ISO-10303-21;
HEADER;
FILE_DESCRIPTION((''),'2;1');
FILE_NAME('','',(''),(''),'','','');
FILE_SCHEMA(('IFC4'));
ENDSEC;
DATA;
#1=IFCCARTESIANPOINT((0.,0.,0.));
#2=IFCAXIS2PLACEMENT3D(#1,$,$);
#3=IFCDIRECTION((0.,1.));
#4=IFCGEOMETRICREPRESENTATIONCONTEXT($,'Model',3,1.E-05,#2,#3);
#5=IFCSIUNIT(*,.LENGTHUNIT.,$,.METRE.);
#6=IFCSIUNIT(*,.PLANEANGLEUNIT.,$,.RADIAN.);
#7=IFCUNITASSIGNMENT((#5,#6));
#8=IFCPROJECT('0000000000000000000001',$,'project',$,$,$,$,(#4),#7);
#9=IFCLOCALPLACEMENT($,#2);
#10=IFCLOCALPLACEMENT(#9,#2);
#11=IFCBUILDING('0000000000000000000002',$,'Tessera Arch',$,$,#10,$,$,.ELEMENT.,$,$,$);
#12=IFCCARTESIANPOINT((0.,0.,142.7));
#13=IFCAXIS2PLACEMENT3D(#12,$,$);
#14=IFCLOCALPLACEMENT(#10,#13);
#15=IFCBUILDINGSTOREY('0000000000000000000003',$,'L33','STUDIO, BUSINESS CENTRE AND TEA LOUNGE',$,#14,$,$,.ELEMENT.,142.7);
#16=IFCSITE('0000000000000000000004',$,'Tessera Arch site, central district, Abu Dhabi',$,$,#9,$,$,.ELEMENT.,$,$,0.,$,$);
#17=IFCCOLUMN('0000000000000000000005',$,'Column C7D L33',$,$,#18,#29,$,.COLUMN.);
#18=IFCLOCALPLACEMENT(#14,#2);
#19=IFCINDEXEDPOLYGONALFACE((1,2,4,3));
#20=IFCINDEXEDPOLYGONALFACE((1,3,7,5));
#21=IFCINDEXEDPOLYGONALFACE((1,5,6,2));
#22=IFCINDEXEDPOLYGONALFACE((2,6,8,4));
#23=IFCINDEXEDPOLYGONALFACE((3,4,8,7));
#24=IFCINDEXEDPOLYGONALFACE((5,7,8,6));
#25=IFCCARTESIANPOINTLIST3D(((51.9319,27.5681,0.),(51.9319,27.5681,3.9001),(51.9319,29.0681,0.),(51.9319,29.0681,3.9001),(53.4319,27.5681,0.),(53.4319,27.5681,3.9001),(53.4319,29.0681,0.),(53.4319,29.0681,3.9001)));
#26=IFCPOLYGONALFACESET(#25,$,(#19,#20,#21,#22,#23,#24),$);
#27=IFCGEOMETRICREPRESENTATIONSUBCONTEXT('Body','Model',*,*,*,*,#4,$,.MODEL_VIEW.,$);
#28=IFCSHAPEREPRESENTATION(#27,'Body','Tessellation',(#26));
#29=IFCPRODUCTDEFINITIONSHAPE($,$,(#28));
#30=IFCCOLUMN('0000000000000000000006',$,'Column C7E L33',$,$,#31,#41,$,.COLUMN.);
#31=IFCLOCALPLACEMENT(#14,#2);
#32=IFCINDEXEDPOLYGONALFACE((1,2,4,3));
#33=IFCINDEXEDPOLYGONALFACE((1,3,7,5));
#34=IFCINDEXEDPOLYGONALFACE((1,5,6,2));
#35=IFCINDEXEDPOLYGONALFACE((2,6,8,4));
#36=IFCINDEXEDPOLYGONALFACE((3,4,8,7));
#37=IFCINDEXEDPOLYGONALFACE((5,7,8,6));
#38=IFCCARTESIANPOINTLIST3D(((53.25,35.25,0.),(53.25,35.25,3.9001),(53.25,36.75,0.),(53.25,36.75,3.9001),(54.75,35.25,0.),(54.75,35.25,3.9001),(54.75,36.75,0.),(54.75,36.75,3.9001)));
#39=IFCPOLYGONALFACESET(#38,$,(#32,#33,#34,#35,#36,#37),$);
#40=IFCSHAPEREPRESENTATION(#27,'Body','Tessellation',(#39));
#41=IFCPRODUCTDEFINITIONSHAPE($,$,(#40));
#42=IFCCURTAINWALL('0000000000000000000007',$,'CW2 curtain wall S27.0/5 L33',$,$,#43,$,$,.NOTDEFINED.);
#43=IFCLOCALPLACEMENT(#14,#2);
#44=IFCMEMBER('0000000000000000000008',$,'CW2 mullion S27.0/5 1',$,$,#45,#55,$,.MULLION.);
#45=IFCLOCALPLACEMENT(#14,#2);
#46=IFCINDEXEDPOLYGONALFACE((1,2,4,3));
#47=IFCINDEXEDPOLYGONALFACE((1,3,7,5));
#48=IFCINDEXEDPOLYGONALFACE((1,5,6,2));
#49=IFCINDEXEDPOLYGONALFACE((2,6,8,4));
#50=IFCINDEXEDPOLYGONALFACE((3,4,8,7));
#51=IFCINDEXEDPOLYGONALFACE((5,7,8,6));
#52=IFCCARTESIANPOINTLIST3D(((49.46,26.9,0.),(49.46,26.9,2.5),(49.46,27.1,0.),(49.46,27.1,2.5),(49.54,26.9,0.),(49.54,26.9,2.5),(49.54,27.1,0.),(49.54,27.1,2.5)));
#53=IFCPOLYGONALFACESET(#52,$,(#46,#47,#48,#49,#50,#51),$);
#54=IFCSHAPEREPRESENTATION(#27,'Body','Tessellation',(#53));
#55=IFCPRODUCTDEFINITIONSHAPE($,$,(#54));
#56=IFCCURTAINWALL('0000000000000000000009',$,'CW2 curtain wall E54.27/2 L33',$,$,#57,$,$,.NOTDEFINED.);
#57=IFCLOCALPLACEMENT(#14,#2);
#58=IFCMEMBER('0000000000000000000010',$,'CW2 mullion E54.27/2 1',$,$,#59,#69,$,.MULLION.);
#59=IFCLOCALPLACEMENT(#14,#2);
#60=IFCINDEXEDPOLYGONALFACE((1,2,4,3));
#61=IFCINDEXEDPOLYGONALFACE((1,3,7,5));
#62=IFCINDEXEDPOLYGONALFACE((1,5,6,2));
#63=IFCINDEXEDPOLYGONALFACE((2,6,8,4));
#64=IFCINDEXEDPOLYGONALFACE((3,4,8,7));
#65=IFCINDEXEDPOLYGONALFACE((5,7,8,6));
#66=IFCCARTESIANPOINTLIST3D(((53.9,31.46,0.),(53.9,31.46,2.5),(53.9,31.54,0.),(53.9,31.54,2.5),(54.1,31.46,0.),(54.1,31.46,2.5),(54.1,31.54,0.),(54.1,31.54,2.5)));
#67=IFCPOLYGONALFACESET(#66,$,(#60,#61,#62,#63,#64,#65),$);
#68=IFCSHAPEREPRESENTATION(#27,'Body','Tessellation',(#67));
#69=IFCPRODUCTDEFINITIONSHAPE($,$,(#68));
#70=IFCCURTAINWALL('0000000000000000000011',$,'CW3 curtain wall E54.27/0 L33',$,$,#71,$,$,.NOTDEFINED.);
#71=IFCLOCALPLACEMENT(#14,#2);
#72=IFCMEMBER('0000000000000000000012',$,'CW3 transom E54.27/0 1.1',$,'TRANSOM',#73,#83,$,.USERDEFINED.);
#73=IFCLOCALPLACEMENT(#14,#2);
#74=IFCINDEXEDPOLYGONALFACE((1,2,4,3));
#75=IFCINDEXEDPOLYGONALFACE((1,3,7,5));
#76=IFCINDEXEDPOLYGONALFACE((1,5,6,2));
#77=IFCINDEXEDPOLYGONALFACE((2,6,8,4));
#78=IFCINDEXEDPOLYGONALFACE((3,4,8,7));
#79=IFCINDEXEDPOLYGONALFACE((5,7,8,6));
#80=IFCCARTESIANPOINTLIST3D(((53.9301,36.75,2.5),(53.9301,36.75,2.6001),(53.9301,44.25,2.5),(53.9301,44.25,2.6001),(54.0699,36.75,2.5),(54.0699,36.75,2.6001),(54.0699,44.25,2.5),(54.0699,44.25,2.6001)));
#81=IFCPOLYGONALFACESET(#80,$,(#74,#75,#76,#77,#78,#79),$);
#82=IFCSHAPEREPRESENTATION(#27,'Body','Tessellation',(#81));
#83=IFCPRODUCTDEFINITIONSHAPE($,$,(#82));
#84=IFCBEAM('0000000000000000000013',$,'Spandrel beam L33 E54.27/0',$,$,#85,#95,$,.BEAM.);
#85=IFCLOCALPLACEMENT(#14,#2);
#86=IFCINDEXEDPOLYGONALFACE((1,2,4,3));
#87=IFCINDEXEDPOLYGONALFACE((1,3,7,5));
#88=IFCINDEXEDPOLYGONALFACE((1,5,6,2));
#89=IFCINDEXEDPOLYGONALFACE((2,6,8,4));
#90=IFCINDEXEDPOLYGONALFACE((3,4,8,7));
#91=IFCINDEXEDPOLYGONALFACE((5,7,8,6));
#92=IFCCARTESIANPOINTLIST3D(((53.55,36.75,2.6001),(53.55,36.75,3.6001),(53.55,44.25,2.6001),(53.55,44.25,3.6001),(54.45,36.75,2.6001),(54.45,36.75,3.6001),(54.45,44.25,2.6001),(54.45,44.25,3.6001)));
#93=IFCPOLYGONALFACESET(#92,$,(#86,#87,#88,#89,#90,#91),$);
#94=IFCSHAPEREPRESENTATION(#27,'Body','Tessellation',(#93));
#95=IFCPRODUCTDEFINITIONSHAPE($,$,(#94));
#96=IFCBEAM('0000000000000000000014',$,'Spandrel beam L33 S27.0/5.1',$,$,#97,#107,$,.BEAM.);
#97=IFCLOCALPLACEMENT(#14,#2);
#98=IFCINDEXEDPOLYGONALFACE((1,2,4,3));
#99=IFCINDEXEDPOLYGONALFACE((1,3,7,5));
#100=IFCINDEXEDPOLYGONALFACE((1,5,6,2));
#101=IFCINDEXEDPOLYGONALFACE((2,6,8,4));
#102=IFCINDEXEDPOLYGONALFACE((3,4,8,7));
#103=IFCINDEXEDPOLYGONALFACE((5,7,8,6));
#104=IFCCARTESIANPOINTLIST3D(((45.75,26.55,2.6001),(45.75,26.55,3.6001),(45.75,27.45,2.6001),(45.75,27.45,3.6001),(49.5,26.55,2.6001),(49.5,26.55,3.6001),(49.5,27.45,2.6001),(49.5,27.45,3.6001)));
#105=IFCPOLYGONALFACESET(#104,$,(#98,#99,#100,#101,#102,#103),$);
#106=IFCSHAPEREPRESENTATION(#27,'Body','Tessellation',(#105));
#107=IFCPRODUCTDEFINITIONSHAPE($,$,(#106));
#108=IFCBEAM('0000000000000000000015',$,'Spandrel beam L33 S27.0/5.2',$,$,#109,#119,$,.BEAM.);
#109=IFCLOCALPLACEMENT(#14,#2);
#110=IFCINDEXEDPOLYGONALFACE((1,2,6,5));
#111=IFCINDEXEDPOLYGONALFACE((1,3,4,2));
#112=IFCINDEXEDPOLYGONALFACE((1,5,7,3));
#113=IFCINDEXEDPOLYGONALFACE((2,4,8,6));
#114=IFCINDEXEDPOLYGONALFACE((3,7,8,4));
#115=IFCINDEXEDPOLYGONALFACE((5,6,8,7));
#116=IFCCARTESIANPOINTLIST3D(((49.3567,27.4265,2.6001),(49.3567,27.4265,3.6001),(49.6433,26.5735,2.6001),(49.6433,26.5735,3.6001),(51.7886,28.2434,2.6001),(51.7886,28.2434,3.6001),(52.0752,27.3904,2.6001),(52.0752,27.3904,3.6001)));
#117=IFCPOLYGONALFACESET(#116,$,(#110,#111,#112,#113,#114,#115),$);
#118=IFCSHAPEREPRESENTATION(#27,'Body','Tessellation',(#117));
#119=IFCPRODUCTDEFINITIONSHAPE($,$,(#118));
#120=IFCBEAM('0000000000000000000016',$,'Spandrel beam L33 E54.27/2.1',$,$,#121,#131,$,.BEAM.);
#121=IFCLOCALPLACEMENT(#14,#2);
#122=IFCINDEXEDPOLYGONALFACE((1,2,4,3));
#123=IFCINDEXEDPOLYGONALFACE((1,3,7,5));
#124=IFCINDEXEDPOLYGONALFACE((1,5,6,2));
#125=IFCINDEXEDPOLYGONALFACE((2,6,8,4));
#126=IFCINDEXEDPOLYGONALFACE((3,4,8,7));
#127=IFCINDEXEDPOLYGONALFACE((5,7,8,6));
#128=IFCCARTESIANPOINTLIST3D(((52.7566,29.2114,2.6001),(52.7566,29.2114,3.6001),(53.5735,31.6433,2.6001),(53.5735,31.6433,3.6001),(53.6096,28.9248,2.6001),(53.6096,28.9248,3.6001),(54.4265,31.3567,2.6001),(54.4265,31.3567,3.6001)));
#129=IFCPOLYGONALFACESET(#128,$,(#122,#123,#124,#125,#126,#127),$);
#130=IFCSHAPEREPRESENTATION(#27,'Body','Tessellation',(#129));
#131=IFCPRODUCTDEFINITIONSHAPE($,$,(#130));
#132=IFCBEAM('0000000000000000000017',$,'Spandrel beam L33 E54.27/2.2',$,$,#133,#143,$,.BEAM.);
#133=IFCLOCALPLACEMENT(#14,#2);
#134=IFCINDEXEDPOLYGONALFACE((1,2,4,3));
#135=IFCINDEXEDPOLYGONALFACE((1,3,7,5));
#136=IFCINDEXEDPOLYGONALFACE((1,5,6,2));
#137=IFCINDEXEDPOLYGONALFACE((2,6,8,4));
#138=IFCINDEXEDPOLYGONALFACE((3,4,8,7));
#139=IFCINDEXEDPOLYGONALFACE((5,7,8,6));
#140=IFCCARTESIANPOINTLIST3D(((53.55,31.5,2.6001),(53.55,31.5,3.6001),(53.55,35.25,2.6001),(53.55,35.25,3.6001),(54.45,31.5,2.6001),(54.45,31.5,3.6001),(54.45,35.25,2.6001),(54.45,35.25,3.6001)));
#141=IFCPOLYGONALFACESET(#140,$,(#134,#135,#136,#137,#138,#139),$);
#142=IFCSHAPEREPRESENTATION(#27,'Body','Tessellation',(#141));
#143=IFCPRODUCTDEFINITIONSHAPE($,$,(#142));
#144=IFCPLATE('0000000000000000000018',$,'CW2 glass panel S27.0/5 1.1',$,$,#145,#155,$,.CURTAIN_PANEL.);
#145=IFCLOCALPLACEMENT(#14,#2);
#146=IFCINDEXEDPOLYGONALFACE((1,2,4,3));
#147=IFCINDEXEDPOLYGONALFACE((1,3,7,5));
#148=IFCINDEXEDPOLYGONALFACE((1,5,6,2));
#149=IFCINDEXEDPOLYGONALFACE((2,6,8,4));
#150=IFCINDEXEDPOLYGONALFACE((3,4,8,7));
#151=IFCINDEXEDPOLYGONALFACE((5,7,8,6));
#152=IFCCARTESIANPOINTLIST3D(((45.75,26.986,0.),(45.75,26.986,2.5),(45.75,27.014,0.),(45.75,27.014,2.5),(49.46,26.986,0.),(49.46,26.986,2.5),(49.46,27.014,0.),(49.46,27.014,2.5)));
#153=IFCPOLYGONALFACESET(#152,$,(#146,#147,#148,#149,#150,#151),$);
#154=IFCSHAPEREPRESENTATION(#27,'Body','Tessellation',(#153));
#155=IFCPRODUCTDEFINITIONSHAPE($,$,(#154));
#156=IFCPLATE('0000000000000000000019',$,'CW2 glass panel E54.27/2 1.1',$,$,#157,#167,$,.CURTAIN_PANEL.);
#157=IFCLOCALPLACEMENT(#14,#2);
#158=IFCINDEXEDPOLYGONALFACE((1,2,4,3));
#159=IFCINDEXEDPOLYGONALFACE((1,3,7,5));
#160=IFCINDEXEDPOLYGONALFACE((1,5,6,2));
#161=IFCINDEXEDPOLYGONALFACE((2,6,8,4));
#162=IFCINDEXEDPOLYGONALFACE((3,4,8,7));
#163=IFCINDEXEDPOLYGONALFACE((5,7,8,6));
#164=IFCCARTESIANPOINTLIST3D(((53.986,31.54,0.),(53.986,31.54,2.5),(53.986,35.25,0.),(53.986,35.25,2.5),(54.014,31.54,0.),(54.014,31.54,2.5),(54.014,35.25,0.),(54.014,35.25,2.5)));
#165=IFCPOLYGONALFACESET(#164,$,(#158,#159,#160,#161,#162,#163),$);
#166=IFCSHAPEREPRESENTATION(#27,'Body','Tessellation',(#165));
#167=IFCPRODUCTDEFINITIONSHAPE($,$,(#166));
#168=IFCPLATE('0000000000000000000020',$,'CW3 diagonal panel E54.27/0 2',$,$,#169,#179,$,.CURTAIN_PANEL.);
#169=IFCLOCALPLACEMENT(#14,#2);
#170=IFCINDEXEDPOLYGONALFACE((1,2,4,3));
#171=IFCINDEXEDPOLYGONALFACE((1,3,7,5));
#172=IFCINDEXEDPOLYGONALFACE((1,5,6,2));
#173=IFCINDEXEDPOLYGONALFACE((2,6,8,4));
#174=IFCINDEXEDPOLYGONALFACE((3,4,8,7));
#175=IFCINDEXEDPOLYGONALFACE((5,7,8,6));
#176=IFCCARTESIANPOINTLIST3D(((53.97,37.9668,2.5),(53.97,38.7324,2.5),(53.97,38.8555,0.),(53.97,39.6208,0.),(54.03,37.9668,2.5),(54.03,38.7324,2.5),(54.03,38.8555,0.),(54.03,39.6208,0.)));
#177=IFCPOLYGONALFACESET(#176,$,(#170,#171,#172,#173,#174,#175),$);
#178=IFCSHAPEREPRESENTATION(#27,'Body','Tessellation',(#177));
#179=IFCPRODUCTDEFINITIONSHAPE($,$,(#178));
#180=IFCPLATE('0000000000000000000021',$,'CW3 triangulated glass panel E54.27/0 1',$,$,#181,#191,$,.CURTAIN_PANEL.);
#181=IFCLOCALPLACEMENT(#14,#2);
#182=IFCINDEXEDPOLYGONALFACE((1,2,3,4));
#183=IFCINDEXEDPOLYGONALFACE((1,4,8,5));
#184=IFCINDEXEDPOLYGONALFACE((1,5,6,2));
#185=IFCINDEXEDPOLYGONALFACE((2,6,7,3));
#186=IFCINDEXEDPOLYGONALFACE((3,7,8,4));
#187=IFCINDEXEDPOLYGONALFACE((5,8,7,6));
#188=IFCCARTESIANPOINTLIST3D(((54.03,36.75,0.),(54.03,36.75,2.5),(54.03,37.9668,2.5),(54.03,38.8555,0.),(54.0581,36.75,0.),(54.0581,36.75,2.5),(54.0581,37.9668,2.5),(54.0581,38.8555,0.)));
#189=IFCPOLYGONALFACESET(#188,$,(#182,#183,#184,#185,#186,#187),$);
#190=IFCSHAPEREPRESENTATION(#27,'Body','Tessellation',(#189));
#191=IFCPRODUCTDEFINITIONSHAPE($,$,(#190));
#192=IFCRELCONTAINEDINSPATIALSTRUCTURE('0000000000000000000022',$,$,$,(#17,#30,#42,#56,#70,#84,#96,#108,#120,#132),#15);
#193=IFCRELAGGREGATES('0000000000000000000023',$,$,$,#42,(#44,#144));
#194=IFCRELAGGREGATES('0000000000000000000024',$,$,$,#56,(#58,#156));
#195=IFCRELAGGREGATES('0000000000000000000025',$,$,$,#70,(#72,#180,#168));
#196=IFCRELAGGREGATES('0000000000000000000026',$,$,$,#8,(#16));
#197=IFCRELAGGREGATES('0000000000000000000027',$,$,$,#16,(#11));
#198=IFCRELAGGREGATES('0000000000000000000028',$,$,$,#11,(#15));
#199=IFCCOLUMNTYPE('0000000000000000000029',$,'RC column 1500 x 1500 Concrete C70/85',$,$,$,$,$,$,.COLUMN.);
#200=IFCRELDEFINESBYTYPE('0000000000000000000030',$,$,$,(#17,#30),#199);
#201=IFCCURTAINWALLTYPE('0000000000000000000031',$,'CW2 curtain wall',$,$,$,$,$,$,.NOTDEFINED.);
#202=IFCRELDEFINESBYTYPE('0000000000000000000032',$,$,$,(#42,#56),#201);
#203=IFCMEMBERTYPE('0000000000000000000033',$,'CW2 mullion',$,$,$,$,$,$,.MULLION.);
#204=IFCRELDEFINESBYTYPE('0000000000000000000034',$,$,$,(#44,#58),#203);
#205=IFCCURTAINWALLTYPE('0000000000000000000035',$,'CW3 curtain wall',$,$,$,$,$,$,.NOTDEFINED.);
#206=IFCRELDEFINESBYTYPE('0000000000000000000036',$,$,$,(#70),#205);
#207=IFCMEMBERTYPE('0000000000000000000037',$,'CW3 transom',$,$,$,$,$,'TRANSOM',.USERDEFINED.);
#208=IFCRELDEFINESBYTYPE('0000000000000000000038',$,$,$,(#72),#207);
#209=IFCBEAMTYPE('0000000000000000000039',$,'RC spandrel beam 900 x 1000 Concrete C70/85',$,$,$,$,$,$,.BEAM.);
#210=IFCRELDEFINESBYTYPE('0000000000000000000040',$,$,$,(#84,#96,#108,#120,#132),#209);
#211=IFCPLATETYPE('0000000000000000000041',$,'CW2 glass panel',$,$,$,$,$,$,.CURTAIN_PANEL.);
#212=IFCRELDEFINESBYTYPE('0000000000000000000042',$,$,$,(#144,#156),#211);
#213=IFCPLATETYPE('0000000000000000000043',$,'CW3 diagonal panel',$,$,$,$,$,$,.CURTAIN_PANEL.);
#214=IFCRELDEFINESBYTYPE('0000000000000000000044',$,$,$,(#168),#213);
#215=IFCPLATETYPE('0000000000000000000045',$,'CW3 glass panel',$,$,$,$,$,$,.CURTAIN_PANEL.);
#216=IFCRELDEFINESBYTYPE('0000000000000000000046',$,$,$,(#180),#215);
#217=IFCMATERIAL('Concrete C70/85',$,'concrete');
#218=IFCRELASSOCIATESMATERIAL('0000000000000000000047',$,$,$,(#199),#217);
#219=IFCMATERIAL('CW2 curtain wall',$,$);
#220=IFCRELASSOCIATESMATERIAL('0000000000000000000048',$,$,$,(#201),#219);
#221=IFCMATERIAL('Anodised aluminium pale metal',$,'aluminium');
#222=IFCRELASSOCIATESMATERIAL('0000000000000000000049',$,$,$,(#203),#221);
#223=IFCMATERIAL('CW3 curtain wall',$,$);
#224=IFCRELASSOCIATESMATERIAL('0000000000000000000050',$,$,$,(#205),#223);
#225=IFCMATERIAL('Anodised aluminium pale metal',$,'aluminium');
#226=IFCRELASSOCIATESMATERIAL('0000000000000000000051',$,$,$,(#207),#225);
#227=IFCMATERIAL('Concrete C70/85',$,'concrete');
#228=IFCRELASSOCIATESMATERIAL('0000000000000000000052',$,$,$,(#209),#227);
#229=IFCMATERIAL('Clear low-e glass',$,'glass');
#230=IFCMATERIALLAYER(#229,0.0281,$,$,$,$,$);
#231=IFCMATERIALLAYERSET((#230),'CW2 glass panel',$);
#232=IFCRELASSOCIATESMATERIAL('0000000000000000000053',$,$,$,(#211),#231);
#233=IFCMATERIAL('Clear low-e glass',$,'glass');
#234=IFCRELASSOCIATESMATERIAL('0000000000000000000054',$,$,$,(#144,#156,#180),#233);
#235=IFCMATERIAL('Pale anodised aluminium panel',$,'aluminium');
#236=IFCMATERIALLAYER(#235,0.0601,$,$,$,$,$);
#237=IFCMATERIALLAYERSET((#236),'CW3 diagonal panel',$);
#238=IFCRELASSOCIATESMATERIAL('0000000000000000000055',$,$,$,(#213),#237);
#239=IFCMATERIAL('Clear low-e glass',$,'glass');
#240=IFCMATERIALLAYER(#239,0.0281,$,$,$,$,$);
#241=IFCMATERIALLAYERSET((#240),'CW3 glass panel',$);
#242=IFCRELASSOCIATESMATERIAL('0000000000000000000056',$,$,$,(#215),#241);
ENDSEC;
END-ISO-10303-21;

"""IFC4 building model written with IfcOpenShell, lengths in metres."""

from ifc_helpers import new_model, si_unit, direction, frame, origin, origin_2d, place, context, subcontext, project, spatial, polyline, rectangle, outline, extrude, material, layer, layer_set, material_profile, profile_set, type_object, element, aggregate, save


model = new_model("IFC4")

# Units and contexts
model_context = context("Model", 3, precision=1e-05, world=origin(), true_north=direction((0.0, 1.0)))
body_context = subcontext(model_context, "Body", "Model", "MODEL_VIEW")
ifc_project = project(units=[si_unit("LENGTHUNIT", "METRE"), si_unit("PLANEANGLEUNIT", "RADIAN")], contexts=[model_context])

# Site, building, storey
site_placement = place(None, origin())
site = spatial("IfcSite", under=ifc_project, at=site_placement, Name="Tessera Arch site, central district, Abu Dhabi", CompositionType="ELEMENT", RefElevation=0.0)
building_placement = place(site_placement, origin())
building = spatial("IfcBuilding", under=site, at=building_placement, Name="Tessera Arch", CompositionType="ELEMENT")
storey_placement = place(building_placement, frame((0.0, 0.0, 142.7)))
storey = spatial("IfcBuildingStorey", under=building, at=storey_placement, Name="L33", Description="STUDIO, BUSINESS CENTRE AND TEA LOUNGE", CompositionType="ELEMENT", Elevation=142.7)

# Columns
ifc_material_1 = material(Name="Concrete C70/85", Category="concrete")
ifc_material_profile_1 = material_profile(ifc_material_1, rectangle(XDim=1.5, YDim=1.5, at=origin_2d()), Name="RC column 1500 x 1500 Concrete C70/85")
ifc_profile_set_1 = profile_set([ifc_material_profile_1], Name="Concrete C70/85")
column_type = type_object("IfcColumnType", Name="RC column 1500 x 1500 Concrete C70/85", PredefinedType="COLUMN", material=ifc_profile_set_1)
for number, where, z_axis, x_axis, name in (
    (1, (52.6819, 28.3181, 0.0), (0.0, 0.0, 1.0), (1.0, 0.0, 0.0), "Column C7D L33"),
    (2, (54.0, 36.0, 0.0), (0.0, 0.0, 1.0), (1.0, 0.0, 0.0), "Column C7E L33"),
):
    element("IfcColumn", number, at=place(storey_placement, frame(where, z_axis=z_axis, x_axis=x_axis)), inside=storey, type_object=column_type, Name=name, PredefinedType="COLUMN", context=body_context, shape_type="SweptSolid", body=[
        extrude(rectangle(XDim=1.5, YDim=1.5, at=origin_2d()), origin(), (0.0, 0.0, 1.0), 3.9001),
    ])

# Curtain walls, members
ifc_material_2 = material(Name="CW2 curtain wall")
curtain_wall_type_1 = type_object("IfcCurtainWallType", Name="CW2 curtain wall", PredefinedType="NOTDEFINED", material=ifc_material_2)
curtain_wall_1_placement = place(storey_placement, origin())
curtain_wall_1 = element("IfcCurtainWall", 3, at=curtain_wall_1_placement, inside=storey, type_object=curtain_wall_type_1, Name="CW2 curtain wall S27.0/5 L33", PredefinedType="NOTDEFINED")
ifc_material_3 = material(Name="Anodised aluminium pale metal", Category="aluminium")
ifc_material_profile_2 = material_profile(ifc_material_3, rectangle(XDim=0.2, YDim=0.0801, at=origin_2d()), Name="AL 80x200")
ifc_profile_set_2 = profile_set([ifc_material_profile_2], Name="Anodised aluminium pale metal")
member_type_1 = type_object("IfcMemberType", Name="CW2 mullion", PredefinedType="MULLION", material=ifc_profile_set_2)
member_1_placement = place(storey_placement, frame((49.5, 27.0, 0.0), z_axis=(0.0, 0.0, 1.0), x_axis=(0.0, 1.0, 0.0)))
member_1 = element("IfcMember", 4, at=member_1_placement, type_object=member_type_1, Name="CW2 mullion S27.0/5 1", PredefinedType="MULLION", context=body_context, shape_type="SweptSolid", body=[
    extrude(rectangle(XDim=0.2, YDim=0.0801, at=origin_2d()), origin(), (0.0, 0.0, 1.0), 2.5),
])
curtain_wall_2_placement = place(storey_placement, origin())
curtain_wall_2 = element("IfcCurtainWall", 5, at=curtain_wall_2_placement, inside=storey, type_object=curtain_wall_type_1, Name="CW2 curtain wall E54.27/2 L33", PredefinedType="NOTDEFINED")
member_2_placement = place(storey_placement, frame((54.0, 31.5, 0.0), z_axis=(0.0, 0.0, 1.0), x_axis=(-1.0, 0.0, 0.0)))
member_2 = element("IfcMember", 6, at=member_2_placement, type_object=member_type_1, Name="CW2 mullion E54.27/2 1", PredefinedType="MULLION", context=body_context, shape_type="SweptSolid", body=[
    extrude(rectangle(XDim=0.2, YDim=0.0801, at=origin_2d()), origin(), (0.0, 0.0, 1.0), 2.5),
])
ifc_material_4 = material(Name="CW3 curtain wall")
curtain_wall_type_2 = type_object("IfcCurtainWallType", Name="CW3 curtain wall", PredefinedType="NOTDEFINED", material=ifc_material_4)
curtain_wall_3_placement = place(storey_placement, origin())
curtain_wall_3 = element("IfcCurtainWall", 7, at=curtain_wall_3_placement, inside=storey, type_object=curtain_wall_type_2, Name="CW3 curtain wall E54.27/0 L33", PredefinedType="NOTDEFINED")
ifc_material_5 = material(Name="Anodised aluminium pale metal", Category="aluminium")
ifc_material_profile_3 = material_profile(ifc_material_5, rectangle(XDim=0.1399, YDim=0.1001, at=origin_2d()), Name="AL 140x100")
ifc_profile_set_3 = profile_set([ifc_material_profile_3], Name="Anodised aluminium pale metal")
member_type_2 = type_object("IfcMemberType", Name="CW3 transom", ElementType="TRANSOM", PredefinedType="USERDEFINED", material=ifc_profile_set_3)
member_3_placement = place(storey_placement, frame((54.0, 36.75, 2.55), z_axis=(0.0, 1.0, 0.0), x_axis=(-1.0, 0.0, 0.0)))
member_3 = element("IfcMember", 8, at=member_3_placement, type_object=member_type_2, Name="CW3 transom E54.27/0 1.1", ObjectType="TRANSOM", PredefinedType="USERDEFINED", context=body_context, shape_type="SweptSolid", body=[
    extrude(rectangle(XDim=0.1399, YDim=0.1001, at=origin_2d()), origin(), (0.0, 0.0, 1.0), 7.5),
])

# Beams
ifc_material_6 = material(Name="Concrete C70/85", Category="concrete")
ifc_material_profile_4 = material_profile(ifc_material_6, rectangle(XDim=0.8999, YDim=1.0, at=origin_2d()), Name="RC spandrel beam 900 x 1000 Concrete C70/85")
ifc_profile_set_4 = profile_set([ifc_material_profile_4], Name="Concrete C70/85")
beam_type = type_object("IfcBeamType", Name="RC spandrel beam 900 x 1000 Concrete C70/85", PredefinedType="BEAM", material=ifc_profile_set_4)
beam_1_placement = place(storey_placement, frame((54.0, 36.75, 3.1001), z_axis=(0.0, 1.0, 0.0), x_axis=(-1.0, 0.0, 0.0)))
element("IfcBeam", 9, at=beam_1_placement, inside=storey, type_object=beam_type, Name="Spandrel beam L33 E54.27/0", PredefinedType="BEAM", context=body_context, shape_type="SweptSolid", body=[
    extrude(rectangle(XDim=0.8999, YDim=1.0, at=origin_2d()), origin(), (0.0, 0.0, 1.0), 7.5),
])
beam_2_placement = place(storey_placement, frame((45.75, 27.0, 3.1001), z_axis=(1.0, 0.0, 0.0), x_axis=(0.0, 1.0, 0.0)))
element("IfcBeam", 10, at=beam_2_placement, inside=storey, type_object=beam_type, Name="Spandrel beam L33 S27.0/5.1", PredefinedType="BEAM", context=body_context, shape_type="SweptSolid", body=[
    extrude(rectangle(XDim=0.8999, YDim=1.0, at=origin_2d()), origin(), (0.0, 0.0, 1.0), 3.75),
])
for number, where, z_axis, x_axis, name in (
    (11, (49.5, 27.0, 3.1001), (0.947948, 0.318425, 0.0), (-0.318425, 0.947948, 0.0), "Spandrel beam L33 S27.0/5.2"),
    (12, (53.1831, 29.0681, 3.1001), (0.318425, 0.947948, 0.0), (-0.947948, 0.318425, 0.0), "Spandrel beam L33 E54.27/2.1"),
):
    element("IfcBeam", number, at=place(storey_placement, frame(where, z_axis=z_axis, x_axis=x_axis)), inside=storey, type_object=beam_type, Name=name, PredefinedType="BEAM", context=body_context, shape_type="SweptSolid", body=[
        extrude(rectangle(XDim=0.8999, YDim=1.0, at=origin_2d()), origin(), (0.0, 0.0, 1.0), 2.5654),
    ])
beam_3_placement = place(storey_placement, frame((54.0, 31.5, 3.1001), z_axis=(0.0, 1.0, 0.0), x_axis=(-1.0, 0.0, 0.0)))
element("IfcBeam", 13, at=beam_3_placement, inside=storey, type_object=beam_type, Name="Spandrel beam L33 E54.27/2.2", PredefinedType="BEAM", context=body_context, shape_type="SweptSolid", body=[
    extrude(rectangle(XDim=0.8999, YDim=1.0, at=origin_2d()), origin(), (0.0, 0.0, 1.0), 3.75),
])

# Plates
ifc_material_7 = material(Name="Clear low-e glass", Category="glass")
ifc_material_8 = material(Name="Clear low-e glass", Category="glass")
ifc_layer_1 = layer(ifc_material_8, 0.0281)
ifc_layer_set_1 = layer_set([ifc_layer_1], Name="CW2 glass panel")
plate_type_1 = type_object("IfcPlateType", Name="CW2 glass panel", PredefinedType="CURTAIN_PANEL", material=ifc_layer_set_1)
plate_1_placement = place(storey_placement, frame((47.605, 27.0, 0.0), z_axis=(0.0, 0.0, 1.0), x_axis=(1.0, 0.0, 0.0)))
plate_1 = element("IfcPlate", 14, at=plate_1_placement, type_object=plate_type_1, material=ifc_material_7, Name="CW2 glass panel S27.0/5 1.1", PredefinedType="CURTAIN_PANEL", context=body_context, shape_type="SweptSolid", body=[
    extrude(rectangle(XDim=3.71, YDim=0.0281, at=origin_2d()), origin(), (0.0, 0.0, 1.0), 2.5),
])
aggregate(curtain_wall_1, [member_1, plate_1])
plate_2_placement = place(storey_placement, frame((54.0, 33.395, 0.0), z_axis=(0.0, 0.0, 1.0), x_axis=(0.0, 1.0, 0.0)))
plate_2 = element("IfcPlate", 15, at=plate_2_placement, type_object=plate_type_1, material=ifc_material_7, Name="CW2 glass panel E54.27/2 1.1", PredefinedType="CURTAIN_PANEL", context=body_context, shape_type="SweptSolid", body=[
    extrude(rectangle(XDim=3.71, YDim=0.0281, at=origin_2d()), origin(), (0.0, 0.0, 1.0), 2.5),
])
aggregate(curtain_wall_2, [member_2, plate_2])
ifc_material_9 = material(Name="Pale anodised aluminium panel", Category="aluminium")
ifc_layer_2 = layer(ifc_material_9, 0.0601)
ifc_layer_set_2 = layer_set([ifc_layer_2], Name="CW3 diagonal panel")
plate_type_2 = type_object("IfcPlateType", Name="CW3 diagonal panel", PredefinedType="CURTAIN_PANEL", material=ifc_layer_set_2)
plate_3_placement = place(storey_placement, frame((54.03, 38.7324, 2.5), z_axis=(1.0, 0.0, 0.0), x_axis=(0.0, -1.0, 0.0)))
plate_3 = element("IfcPlate", 16, at=plate_3_placement, type_object=plate_type_2, Name="CW3 diagonal panel E54.27/0 2", PredefinedType="CURTAIN_PANEL", context=body_context, shape_type="SweptSolid", body=[
    extrude(outline(polyline([(0.0, 0.0), (0.7656, 0.0), (-0.123, 2.5), (-0.8884, 2.5), (0.0, 0.0)])), origin(), (0.0, 0.0, -1.0), 0.0601),
])
ifc_material_10 = material(Name="Clear low-e glass", Category="glass")
ifc_layer_3 = layer(ifc_material_10, 0.0281)
ifc_layer_set_3 = layer_set([ifc_layer_3], Name="CW3 glass panel")
plate_type_3 = type_object("IfcPlateType", Name="CW3 glass panel", PredefinedType="CURTAIN_PANEL", material=ifc_layer_set_3)
plate_4_placement = place(storey_placement, frame((54.0581, 36.75, 0.0), z_axis=(1.0, 0.0, 0.0), x_axis=(0.0, 1.0, 0.0)))
plate_4 = element("IfcPlate", 17, at=plate_4_placement, type_object=plate_type_3, material=ifc_material_7, Name="CW3 triangulated glass panel E54.27/0 1", PredefinedType="CURTAIN_PANEL", context=body_context, shape_type="SweptSolid", body=[
    extrude(outline(polyline([(0.0, 0.0), (2.1055, 0.0), (1.2168, 2.5), (0.0, 2.5), (0.0, 0.0)])), origin(), (0.0, 0.0, -1.0), 0.0281),
])
aggregate(curtain_wall_3, [member_3, plate_4, plate_3])

save(model, "model.ifc")
